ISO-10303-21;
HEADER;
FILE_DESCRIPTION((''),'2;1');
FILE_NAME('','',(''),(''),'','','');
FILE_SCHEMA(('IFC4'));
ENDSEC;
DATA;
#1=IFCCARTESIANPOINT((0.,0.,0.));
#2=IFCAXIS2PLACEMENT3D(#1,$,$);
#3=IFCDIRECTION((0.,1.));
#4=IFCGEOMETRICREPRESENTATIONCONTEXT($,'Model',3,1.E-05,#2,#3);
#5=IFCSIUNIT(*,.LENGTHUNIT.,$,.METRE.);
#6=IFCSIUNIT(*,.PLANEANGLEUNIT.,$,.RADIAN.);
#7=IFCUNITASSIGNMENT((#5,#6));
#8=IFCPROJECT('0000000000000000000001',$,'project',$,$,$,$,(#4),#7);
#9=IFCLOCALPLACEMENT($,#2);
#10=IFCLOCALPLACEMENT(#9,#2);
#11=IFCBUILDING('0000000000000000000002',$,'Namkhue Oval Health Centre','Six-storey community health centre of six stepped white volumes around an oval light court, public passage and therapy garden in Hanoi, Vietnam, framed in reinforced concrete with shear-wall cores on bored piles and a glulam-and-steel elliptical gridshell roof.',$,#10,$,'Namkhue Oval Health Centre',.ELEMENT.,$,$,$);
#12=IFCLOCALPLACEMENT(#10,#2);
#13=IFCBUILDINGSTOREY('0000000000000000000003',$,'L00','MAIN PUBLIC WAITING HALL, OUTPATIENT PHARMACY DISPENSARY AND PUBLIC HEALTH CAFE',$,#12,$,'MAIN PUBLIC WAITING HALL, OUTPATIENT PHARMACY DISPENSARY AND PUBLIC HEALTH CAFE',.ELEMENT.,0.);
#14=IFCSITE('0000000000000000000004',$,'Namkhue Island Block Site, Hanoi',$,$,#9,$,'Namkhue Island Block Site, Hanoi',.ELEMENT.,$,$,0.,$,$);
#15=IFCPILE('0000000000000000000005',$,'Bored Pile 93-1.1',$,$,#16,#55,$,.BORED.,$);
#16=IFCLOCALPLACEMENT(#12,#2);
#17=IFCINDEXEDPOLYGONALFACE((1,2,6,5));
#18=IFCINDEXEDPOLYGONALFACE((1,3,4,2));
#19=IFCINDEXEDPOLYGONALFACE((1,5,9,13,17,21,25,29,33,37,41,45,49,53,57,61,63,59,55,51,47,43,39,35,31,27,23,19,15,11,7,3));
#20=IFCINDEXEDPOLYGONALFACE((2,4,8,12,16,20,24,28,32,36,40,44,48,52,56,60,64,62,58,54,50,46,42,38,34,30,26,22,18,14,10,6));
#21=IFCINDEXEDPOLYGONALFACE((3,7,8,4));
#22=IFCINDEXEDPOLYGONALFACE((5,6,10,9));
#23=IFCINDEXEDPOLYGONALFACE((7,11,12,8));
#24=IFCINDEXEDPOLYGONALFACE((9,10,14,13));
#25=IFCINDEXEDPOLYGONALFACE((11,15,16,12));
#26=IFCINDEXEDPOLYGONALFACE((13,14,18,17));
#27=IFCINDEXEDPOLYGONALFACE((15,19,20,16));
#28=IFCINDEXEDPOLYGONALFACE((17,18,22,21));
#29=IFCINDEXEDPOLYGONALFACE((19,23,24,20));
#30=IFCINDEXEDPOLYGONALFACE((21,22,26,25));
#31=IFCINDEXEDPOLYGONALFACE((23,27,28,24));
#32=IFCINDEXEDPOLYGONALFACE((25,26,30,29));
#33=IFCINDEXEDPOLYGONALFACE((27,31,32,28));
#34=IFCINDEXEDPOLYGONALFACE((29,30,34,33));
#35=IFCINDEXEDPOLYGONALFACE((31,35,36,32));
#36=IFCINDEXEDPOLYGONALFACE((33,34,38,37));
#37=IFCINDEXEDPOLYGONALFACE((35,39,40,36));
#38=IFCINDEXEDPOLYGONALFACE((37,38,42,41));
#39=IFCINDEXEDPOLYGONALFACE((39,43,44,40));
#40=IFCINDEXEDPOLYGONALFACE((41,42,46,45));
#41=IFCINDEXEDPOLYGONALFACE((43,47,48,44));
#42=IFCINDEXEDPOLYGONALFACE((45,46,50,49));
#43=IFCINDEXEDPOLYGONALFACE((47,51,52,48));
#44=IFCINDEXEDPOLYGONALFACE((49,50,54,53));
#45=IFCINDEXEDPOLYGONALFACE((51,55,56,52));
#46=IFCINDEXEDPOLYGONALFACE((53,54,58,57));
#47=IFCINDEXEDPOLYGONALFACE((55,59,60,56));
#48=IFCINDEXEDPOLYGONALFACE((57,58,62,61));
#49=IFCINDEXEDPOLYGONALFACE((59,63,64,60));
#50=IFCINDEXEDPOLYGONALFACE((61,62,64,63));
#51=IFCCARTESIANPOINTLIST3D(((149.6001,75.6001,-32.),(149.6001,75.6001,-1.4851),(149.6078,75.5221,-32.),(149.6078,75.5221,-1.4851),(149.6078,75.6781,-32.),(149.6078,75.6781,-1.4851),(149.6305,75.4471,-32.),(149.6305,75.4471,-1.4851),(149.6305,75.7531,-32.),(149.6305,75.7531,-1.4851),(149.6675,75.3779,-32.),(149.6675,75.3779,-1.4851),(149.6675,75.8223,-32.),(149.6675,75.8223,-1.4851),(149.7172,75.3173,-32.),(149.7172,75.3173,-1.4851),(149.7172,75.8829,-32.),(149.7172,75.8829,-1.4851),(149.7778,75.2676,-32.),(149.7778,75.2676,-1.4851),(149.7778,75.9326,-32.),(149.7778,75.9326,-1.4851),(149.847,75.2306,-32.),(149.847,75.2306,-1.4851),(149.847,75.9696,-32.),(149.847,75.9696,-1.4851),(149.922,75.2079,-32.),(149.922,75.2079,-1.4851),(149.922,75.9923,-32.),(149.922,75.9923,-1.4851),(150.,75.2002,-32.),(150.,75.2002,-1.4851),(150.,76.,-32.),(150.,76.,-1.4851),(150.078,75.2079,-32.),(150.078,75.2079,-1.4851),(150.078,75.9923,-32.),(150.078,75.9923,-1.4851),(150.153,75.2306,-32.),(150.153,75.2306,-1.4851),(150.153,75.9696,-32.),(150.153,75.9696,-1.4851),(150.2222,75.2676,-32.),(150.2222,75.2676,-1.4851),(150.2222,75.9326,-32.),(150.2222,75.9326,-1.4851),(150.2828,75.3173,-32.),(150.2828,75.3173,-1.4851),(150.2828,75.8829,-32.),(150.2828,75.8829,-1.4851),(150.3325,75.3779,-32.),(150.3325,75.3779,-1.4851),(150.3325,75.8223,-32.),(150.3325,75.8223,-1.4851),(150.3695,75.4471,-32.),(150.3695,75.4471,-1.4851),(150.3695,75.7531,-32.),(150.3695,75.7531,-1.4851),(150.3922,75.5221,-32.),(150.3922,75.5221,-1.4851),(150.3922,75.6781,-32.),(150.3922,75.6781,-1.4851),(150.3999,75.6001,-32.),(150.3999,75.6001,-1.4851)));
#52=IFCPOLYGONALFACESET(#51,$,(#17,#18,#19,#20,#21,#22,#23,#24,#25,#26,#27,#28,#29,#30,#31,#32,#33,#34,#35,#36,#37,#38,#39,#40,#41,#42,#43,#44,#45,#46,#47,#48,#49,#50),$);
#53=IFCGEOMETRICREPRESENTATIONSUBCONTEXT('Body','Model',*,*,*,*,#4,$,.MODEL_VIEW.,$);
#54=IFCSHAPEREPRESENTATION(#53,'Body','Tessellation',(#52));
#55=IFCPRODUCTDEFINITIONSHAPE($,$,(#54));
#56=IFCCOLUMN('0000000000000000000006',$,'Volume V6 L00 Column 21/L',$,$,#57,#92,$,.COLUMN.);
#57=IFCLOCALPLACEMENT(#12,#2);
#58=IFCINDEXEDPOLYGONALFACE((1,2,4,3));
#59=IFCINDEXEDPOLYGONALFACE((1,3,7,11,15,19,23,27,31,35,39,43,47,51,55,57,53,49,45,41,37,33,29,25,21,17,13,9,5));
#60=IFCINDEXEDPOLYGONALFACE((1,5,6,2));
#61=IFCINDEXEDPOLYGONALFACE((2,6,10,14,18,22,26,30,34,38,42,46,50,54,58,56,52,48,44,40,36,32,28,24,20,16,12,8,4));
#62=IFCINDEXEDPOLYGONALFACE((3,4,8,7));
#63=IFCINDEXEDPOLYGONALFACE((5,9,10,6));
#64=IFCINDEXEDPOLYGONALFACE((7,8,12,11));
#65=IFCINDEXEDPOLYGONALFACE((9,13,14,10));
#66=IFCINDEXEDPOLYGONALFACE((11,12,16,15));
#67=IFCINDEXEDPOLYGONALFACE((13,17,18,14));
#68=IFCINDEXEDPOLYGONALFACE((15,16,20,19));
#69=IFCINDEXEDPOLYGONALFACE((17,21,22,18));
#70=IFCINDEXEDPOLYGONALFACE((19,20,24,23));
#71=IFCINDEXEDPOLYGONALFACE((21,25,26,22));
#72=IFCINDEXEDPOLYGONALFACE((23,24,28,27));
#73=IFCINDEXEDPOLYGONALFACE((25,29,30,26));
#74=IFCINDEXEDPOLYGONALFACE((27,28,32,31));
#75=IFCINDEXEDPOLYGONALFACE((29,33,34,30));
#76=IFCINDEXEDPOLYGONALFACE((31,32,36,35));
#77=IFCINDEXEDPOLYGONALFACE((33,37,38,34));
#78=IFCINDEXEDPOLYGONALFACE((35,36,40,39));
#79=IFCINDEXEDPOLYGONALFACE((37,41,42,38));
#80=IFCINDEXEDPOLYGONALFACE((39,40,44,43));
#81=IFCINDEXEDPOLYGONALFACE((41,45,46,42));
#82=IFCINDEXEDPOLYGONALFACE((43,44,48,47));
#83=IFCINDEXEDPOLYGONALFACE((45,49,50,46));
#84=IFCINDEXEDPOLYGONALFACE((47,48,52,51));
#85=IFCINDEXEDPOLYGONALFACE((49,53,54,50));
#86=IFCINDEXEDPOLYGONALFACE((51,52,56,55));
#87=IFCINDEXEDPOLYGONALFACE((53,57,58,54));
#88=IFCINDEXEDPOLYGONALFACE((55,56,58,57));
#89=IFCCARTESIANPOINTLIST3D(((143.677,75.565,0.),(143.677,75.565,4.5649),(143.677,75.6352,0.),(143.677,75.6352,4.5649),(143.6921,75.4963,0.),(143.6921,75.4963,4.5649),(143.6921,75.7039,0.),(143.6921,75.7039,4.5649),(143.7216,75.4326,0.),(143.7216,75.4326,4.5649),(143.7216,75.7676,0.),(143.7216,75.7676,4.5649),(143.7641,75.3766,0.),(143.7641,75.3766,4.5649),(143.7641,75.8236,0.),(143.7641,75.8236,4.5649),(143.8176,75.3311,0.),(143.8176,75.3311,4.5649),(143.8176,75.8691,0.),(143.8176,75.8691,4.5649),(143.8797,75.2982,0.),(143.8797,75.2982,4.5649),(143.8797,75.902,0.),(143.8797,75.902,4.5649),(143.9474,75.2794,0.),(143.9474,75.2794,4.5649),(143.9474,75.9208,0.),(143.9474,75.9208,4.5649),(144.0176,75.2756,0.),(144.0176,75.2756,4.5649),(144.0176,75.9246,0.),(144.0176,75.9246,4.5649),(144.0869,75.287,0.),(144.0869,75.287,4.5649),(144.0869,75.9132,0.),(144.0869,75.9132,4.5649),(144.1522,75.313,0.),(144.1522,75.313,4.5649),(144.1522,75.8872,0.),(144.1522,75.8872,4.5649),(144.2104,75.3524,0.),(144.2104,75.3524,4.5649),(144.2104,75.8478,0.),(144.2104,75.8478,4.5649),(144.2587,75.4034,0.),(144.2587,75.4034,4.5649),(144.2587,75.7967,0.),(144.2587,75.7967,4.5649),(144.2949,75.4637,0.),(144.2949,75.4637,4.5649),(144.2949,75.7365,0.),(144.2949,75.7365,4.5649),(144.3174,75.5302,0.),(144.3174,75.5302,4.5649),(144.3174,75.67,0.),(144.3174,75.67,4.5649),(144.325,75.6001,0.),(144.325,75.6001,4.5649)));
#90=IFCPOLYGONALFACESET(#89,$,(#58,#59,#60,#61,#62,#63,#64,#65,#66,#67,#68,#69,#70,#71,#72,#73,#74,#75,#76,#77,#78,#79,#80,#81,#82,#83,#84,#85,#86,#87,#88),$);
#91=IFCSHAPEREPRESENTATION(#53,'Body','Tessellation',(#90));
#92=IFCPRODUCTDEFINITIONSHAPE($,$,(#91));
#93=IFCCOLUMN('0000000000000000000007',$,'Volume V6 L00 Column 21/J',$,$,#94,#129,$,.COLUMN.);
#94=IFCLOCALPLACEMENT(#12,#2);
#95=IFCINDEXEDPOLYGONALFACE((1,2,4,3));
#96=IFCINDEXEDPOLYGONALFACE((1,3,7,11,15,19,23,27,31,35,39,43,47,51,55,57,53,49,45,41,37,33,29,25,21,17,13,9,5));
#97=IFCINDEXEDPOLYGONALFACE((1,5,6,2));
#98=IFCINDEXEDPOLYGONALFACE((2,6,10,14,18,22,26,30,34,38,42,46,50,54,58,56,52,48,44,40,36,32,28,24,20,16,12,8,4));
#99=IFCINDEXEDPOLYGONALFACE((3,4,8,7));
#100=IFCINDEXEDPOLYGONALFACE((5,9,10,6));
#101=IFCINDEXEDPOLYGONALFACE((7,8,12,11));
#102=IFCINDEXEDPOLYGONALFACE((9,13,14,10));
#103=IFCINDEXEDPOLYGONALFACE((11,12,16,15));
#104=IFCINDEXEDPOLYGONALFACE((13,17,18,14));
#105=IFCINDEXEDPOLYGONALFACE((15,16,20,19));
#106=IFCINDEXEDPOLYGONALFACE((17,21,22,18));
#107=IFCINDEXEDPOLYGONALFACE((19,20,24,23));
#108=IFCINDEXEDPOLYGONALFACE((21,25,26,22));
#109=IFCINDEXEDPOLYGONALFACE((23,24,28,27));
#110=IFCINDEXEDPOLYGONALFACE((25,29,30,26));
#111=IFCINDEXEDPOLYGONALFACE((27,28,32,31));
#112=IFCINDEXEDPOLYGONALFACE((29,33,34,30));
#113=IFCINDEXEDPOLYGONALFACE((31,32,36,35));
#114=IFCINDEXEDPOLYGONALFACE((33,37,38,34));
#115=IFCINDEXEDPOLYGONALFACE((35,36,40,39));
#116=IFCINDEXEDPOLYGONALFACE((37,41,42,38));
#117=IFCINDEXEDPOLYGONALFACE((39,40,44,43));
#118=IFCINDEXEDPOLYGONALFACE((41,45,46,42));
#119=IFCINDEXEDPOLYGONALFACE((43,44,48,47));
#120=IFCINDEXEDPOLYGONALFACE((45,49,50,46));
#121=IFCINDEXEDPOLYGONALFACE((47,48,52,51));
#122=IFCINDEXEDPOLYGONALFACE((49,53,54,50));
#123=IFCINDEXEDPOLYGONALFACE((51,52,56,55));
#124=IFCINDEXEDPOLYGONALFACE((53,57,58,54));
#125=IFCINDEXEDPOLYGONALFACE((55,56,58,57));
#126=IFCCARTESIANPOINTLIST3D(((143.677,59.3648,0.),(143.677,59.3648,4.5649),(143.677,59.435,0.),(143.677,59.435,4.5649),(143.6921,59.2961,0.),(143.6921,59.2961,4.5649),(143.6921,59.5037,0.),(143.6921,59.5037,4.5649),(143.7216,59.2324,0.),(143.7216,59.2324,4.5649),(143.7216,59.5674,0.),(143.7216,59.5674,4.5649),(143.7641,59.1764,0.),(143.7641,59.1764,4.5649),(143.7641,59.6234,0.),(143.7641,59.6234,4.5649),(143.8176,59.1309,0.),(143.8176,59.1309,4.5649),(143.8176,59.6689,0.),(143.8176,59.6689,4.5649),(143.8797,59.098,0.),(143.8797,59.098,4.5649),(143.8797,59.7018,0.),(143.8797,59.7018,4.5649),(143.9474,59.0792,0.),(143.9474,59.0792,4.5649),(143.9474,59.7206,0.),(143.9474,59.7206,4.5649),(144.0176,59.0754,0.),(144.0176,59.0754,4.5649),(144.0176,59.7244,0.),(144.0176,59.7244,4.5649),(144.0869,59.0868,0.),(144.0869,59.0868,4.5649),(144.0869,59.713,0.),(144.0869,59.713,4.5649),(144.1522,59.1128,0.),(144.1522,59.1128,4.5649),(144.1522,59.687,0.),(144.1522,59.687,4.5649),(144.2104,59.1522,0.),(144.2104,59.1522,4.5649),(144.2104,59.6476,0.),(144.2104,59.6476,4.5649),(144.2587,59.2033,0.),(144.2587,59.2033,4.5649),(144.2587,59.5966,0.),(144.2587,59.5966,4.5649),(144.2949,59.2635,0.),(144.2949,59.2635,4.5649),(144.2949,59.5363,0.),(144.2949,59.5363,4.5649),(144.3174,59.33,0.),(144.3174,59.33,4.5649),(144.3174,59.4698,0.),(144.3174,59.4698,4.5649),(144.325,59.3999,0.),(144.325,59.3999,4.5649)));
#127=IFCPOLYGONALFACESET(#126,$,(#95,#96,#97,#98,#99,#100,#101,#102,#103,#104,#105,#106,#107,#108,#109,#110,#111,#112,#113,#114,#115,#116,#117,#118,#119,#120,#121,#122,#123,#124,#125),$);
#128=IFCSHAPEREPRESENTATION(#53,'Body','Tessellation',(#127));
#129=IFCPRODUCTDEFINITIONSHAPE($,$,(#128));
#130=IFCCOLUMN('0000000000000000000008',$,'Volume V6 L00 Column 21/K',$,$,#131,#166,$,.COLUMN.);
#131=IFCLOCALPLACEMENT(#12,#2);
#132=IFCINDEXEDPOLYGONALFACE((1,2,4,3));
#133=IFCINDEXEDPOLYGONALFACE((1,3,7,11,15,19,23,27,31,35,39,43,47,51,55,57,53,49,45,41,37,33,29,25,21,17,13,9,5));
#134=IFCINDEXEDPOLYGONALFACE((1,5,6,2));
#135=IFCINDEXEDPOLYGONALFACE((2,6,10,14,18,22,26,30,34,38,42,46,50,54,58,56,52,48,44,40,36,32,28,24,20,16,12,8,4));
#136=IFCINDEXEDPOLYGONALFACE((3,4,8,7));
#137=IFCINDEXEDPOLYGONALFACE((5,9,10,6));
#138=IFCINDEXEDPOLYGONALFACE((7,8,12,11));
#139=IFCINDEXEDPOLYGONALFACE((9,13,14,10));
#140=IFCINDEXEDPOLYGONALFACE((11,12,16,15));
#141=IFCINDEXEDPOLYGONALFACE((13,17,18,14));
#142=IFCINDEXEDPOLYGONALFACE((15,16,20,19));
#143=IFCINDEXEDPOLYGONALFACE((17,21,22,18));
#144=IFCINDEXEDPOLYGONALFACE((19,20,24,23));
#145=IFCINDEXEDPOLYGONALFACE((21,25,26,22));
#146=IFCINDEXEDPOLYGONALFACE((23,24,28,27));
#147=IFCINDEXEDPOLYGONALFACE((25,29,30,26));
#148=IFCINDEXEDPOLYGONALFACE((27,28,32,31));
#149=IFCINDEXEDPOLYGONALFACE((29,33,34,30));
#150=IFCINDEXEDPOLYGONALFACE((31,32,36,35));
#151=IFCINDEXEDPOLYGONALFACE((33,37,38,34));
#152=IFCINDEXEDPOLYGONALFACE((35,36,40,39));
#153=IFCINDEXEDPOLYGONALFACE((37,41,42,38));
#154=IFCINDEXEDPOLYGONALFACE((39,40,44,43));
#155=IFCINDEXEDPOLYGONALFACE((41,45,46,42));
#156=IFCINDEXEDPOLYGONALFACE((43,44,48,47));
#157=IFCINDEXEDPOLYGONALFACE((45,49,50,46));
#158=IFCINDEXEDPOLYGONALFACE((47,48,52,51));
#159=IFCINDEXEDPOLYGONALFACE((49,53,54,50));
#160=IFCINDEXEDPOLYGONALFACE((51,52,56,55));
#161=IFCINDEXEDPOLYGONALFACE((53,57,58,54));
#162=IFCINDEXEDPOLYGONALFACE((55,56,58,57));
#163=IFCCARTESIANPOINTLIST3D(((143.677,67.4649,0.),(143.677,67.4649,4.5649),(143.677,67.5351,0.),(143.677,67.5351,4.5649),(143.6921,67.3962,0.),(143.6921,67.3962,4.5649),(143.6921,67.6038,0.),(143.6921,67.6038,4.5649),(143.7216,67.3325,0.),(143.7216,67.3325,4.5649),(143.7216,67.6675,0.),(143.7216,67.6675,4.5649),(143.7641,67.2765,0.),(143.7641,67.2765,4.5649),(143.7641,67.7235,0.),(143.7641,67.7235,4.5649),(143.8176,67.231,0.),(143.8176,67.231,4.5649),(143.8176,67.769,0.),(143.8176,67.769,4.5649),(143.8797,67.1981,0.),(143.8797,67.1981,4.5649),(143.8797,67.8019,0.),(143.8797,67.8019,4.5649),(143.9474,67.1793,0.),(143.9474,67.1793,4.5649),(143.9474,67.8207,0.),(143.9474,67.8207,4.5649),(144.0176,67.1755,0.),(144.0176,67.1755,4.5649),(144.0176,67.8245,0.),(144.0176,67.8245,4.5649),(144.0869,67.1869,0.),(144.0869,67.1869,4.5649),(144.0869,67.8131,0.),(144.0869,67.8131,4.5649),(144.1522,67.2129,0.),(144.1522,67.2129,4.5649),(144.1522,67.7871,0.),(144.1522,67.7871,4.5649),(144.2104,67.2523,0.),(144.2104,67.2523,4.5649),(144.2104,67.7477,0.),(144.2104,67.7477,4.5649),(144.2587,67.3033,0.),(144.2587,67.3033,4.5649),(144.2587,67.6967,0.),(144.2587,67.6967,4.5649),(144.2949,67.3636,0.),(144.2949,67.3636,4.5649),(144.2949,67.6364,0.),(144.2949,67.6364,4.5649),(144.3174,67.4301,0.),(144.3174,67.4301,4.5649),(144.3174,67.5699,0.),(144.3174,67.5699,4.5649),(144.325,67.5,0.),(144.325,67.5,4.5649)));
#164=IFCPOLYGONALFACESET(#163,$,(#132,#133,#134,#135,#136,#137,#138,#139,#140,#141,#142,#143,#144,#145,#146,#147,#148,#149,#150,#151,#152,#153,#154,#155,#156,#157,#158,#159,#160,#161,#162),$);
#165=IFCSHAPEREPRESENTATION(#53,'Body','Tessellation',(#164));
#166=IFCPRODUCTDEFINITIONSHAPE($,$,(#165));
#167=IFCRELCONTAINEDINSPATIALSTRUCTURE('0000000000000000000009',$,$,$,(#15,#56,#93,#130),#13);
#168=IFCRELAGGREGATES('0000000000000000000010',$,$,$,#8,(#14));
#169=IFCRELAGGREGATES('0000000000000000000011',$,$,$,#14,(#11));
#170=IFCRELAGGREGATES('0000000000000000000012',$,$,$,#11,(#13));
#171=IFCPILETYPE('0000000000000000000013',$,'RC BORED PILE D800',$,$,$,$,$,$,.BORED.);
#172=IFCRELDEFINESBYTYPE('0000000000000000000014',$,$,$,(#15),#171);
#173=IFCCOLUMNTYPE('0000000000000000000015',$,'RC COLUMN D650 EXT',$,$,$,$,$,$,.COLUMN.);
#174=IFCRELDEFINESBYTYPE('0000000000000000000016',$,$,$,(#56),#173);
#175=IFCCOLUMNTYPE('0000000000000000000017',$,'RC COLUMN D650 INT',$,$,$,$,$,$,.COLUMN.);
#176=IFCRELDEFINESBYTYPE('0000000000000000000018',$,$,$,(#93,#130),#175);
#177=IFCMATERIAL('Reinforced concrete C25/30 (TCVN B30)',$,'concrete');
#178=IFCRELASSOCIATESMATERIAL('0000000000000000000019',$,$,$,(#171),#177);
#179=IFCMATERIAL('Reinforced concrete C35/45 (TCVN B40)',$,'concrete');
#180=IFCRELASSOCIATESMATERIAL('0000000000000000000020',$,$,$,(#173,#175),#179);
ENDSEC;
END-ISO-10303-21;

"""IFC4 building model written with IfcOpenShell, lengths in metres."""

from ifc_helpers import new_model, si_unit, direction, frame, origin, origin_2d, place, context, subcontext, project, spatial, circle, extrude, material, material_profile, profile_set, type_object, element, save


model = new_model("IFC4")

# Units and contexts
model_context = context("Model", 3, precision=1e-05, world=origin(), true_north=direction((0.0, 1.0)))
body_context = subcontext(model_context, "Body", "Model", "MODEL_VIEW")
ifc_project = project(units=[si_unit("LENGTHUNIT", "METRE"), si_unit("PLANEANGLEUNIT", "RADIAN")], contexts=[model_context])

# Site, building, storey
site_placement = place(None, origin())
site = spatial("IfcSite", under=ifc_project, at=site_placement, Name="Namkhue Island Block Site, Hanoi", LongName="Namkhue Island Block Site, Hanoi", CompositionType="ELEMENT", RefElevation=0.0)
building_placement = place(site_placement, origin())
building = spatial("IfcBuilding", under=site, at=building_placement, Name="Namkhue Oval Health Centre", Description="Six-storey community health centre of six stepped white volumes around an oval light court, public passage and therapy garden in Hanoi, Vietnam, framed in reinforced concrete with shear-wall cores on bored piles and a glulam-and-steel elliptical gridshell roof.", LongName="Namkhue Oval Health Centre", CompositionType="ELEMENT")
storey_placement = place(building_placement, origin())
storey = spatial("IfcBuildingStorey", under=building, at=storey_placement, Name="L00", Description="MAIN PUBLIC WAITING HALL, OUTPATIENT PHARMACY DISPENSARY AND PUBLIC HEALTH CAFE", LongName="MAIN PUBLIC WAITING HALL, OUTPATIENT PHARMACY DISPENSARY AND PUBLIC HEALTH CAFE", CompositionType="ELEMENT", Elevation=0.0)

# Pile
ifc_material_1 = material(Name="Reinforced concrete C25/30 (TCVN B30)", Category="concrete")
ifc_material_profile_1 = material_profile(ifc_material_1, circle(Radius=0.3999, at=origin_2d()), Name="BORED PILE D800")
ifc_profile_set_1 = profile_set([ifc_material_profile_1], Name="Reinforced concrete C25/30 (TCVN B30)")
pile_type_1 = type_object("IfcPileType", Name="RC BORED PILE D800", PredefinedType="BORED", material=ifc_profile_set_1)
for number, where, z_axis, x_axis, name in (
    (1, (150.0, 75.6001, -1.4851), (0.0, 0.0, -1.0), (1.0, 0.0, 0.0), "Bored Pile 93-1.1"),
):
    element("IfcPile", number, at=place(storey_placement, frame(where, z_axis=z_axis, x_axis=x_axis)), inside=storey, type_object=pile_type_1, Name=name, PredefinedType="BORED", context=body_context, shape_type="SweptSolid", body=[
        extrude(circle(Radius=0.3999, at=origin_2d()), origin(), (0.0, 0.0, 1.0), 30.5149),
    ])

# Columns
ifc_material_2 = material(Name="Reinforced concrete C35/45 (TCVN B40)", Category="concrete")
ifc_material_profile_2 = material_profile(ifc_material_2, circle(Radius=0.325, at=origin_2d()), Name="RC D650")
ifc_profile_set_2 = profile_set([ifc_material_profile_2], Name="Reinforced concrete C35/45 (TCVN B40)")
column_type_1 = type_object("IfcColumnType", Name="RC COLUMN D650 EXT", PredefinedType="COLUMN", material=ifc_profile_set_2)
column_placement = place(storey_placement, frame((144.0, 75.6001, 0.0), z_axis=(0.0, 0.0, 1.0), x_axis=(1.0, 0.0, 0.0)))
element("IfcColumn", 2, at=column_placement, inside=storey, type_object=column_type_1, Name="Volume V6 L00 Column 21/L", PredefinedType="COLUMN", context=body_context, shape_type="SweptSolid", body=[
    extrude(circle(Radius=0.325, at=origin_2d()), origin(), (0.0, 0.0, 1.0), 4.5649),
])
ifc_material_profile_3 = material_profile(ifc_material_2, circle(Radius=0.325, at=origin_2d()), Name="RC D650")
ifc_profile_set_3 = profile_set([ifc_material_profile_3], Name="Reinforced concrete C35/45 (TCVN B40)")
column_type_2 = type_object("IfcColumnType", Name="RC COLUMN D650 INT", PredefinedType="COLUMN", material=ifc_profile_set_3)
for number, where, z_axis, x_axis, name in (
    (3, (144.0, 59.3999, 0.0), (0.0, 0.0, 1.0), (1.0, 0.0, 0.0), "Volume V6 L00 Column 21/J"),
    (4, (144.0, 67.5, 0.0), (0.0, 0.0, 1.0), (1.0, 0.0, 0.0), "Volume V6 L00 Column 21/K"),
):
    element("IfcColumn", number, at=place(storey_placement, frame(where, z_axis=z_axis, x_axis=x_axis)), inside=storey, type_object=column_type_2, Name=name, PredefinedType="COLUMN", context=body_context, shape_type="SweptSolid", body=[
        extrude(circle(Radius=0.325, at=origin_2d()), origin(), (0.0, 0.0, 1.0), 4.5649),
    ])

save(model, "model.ifc")
